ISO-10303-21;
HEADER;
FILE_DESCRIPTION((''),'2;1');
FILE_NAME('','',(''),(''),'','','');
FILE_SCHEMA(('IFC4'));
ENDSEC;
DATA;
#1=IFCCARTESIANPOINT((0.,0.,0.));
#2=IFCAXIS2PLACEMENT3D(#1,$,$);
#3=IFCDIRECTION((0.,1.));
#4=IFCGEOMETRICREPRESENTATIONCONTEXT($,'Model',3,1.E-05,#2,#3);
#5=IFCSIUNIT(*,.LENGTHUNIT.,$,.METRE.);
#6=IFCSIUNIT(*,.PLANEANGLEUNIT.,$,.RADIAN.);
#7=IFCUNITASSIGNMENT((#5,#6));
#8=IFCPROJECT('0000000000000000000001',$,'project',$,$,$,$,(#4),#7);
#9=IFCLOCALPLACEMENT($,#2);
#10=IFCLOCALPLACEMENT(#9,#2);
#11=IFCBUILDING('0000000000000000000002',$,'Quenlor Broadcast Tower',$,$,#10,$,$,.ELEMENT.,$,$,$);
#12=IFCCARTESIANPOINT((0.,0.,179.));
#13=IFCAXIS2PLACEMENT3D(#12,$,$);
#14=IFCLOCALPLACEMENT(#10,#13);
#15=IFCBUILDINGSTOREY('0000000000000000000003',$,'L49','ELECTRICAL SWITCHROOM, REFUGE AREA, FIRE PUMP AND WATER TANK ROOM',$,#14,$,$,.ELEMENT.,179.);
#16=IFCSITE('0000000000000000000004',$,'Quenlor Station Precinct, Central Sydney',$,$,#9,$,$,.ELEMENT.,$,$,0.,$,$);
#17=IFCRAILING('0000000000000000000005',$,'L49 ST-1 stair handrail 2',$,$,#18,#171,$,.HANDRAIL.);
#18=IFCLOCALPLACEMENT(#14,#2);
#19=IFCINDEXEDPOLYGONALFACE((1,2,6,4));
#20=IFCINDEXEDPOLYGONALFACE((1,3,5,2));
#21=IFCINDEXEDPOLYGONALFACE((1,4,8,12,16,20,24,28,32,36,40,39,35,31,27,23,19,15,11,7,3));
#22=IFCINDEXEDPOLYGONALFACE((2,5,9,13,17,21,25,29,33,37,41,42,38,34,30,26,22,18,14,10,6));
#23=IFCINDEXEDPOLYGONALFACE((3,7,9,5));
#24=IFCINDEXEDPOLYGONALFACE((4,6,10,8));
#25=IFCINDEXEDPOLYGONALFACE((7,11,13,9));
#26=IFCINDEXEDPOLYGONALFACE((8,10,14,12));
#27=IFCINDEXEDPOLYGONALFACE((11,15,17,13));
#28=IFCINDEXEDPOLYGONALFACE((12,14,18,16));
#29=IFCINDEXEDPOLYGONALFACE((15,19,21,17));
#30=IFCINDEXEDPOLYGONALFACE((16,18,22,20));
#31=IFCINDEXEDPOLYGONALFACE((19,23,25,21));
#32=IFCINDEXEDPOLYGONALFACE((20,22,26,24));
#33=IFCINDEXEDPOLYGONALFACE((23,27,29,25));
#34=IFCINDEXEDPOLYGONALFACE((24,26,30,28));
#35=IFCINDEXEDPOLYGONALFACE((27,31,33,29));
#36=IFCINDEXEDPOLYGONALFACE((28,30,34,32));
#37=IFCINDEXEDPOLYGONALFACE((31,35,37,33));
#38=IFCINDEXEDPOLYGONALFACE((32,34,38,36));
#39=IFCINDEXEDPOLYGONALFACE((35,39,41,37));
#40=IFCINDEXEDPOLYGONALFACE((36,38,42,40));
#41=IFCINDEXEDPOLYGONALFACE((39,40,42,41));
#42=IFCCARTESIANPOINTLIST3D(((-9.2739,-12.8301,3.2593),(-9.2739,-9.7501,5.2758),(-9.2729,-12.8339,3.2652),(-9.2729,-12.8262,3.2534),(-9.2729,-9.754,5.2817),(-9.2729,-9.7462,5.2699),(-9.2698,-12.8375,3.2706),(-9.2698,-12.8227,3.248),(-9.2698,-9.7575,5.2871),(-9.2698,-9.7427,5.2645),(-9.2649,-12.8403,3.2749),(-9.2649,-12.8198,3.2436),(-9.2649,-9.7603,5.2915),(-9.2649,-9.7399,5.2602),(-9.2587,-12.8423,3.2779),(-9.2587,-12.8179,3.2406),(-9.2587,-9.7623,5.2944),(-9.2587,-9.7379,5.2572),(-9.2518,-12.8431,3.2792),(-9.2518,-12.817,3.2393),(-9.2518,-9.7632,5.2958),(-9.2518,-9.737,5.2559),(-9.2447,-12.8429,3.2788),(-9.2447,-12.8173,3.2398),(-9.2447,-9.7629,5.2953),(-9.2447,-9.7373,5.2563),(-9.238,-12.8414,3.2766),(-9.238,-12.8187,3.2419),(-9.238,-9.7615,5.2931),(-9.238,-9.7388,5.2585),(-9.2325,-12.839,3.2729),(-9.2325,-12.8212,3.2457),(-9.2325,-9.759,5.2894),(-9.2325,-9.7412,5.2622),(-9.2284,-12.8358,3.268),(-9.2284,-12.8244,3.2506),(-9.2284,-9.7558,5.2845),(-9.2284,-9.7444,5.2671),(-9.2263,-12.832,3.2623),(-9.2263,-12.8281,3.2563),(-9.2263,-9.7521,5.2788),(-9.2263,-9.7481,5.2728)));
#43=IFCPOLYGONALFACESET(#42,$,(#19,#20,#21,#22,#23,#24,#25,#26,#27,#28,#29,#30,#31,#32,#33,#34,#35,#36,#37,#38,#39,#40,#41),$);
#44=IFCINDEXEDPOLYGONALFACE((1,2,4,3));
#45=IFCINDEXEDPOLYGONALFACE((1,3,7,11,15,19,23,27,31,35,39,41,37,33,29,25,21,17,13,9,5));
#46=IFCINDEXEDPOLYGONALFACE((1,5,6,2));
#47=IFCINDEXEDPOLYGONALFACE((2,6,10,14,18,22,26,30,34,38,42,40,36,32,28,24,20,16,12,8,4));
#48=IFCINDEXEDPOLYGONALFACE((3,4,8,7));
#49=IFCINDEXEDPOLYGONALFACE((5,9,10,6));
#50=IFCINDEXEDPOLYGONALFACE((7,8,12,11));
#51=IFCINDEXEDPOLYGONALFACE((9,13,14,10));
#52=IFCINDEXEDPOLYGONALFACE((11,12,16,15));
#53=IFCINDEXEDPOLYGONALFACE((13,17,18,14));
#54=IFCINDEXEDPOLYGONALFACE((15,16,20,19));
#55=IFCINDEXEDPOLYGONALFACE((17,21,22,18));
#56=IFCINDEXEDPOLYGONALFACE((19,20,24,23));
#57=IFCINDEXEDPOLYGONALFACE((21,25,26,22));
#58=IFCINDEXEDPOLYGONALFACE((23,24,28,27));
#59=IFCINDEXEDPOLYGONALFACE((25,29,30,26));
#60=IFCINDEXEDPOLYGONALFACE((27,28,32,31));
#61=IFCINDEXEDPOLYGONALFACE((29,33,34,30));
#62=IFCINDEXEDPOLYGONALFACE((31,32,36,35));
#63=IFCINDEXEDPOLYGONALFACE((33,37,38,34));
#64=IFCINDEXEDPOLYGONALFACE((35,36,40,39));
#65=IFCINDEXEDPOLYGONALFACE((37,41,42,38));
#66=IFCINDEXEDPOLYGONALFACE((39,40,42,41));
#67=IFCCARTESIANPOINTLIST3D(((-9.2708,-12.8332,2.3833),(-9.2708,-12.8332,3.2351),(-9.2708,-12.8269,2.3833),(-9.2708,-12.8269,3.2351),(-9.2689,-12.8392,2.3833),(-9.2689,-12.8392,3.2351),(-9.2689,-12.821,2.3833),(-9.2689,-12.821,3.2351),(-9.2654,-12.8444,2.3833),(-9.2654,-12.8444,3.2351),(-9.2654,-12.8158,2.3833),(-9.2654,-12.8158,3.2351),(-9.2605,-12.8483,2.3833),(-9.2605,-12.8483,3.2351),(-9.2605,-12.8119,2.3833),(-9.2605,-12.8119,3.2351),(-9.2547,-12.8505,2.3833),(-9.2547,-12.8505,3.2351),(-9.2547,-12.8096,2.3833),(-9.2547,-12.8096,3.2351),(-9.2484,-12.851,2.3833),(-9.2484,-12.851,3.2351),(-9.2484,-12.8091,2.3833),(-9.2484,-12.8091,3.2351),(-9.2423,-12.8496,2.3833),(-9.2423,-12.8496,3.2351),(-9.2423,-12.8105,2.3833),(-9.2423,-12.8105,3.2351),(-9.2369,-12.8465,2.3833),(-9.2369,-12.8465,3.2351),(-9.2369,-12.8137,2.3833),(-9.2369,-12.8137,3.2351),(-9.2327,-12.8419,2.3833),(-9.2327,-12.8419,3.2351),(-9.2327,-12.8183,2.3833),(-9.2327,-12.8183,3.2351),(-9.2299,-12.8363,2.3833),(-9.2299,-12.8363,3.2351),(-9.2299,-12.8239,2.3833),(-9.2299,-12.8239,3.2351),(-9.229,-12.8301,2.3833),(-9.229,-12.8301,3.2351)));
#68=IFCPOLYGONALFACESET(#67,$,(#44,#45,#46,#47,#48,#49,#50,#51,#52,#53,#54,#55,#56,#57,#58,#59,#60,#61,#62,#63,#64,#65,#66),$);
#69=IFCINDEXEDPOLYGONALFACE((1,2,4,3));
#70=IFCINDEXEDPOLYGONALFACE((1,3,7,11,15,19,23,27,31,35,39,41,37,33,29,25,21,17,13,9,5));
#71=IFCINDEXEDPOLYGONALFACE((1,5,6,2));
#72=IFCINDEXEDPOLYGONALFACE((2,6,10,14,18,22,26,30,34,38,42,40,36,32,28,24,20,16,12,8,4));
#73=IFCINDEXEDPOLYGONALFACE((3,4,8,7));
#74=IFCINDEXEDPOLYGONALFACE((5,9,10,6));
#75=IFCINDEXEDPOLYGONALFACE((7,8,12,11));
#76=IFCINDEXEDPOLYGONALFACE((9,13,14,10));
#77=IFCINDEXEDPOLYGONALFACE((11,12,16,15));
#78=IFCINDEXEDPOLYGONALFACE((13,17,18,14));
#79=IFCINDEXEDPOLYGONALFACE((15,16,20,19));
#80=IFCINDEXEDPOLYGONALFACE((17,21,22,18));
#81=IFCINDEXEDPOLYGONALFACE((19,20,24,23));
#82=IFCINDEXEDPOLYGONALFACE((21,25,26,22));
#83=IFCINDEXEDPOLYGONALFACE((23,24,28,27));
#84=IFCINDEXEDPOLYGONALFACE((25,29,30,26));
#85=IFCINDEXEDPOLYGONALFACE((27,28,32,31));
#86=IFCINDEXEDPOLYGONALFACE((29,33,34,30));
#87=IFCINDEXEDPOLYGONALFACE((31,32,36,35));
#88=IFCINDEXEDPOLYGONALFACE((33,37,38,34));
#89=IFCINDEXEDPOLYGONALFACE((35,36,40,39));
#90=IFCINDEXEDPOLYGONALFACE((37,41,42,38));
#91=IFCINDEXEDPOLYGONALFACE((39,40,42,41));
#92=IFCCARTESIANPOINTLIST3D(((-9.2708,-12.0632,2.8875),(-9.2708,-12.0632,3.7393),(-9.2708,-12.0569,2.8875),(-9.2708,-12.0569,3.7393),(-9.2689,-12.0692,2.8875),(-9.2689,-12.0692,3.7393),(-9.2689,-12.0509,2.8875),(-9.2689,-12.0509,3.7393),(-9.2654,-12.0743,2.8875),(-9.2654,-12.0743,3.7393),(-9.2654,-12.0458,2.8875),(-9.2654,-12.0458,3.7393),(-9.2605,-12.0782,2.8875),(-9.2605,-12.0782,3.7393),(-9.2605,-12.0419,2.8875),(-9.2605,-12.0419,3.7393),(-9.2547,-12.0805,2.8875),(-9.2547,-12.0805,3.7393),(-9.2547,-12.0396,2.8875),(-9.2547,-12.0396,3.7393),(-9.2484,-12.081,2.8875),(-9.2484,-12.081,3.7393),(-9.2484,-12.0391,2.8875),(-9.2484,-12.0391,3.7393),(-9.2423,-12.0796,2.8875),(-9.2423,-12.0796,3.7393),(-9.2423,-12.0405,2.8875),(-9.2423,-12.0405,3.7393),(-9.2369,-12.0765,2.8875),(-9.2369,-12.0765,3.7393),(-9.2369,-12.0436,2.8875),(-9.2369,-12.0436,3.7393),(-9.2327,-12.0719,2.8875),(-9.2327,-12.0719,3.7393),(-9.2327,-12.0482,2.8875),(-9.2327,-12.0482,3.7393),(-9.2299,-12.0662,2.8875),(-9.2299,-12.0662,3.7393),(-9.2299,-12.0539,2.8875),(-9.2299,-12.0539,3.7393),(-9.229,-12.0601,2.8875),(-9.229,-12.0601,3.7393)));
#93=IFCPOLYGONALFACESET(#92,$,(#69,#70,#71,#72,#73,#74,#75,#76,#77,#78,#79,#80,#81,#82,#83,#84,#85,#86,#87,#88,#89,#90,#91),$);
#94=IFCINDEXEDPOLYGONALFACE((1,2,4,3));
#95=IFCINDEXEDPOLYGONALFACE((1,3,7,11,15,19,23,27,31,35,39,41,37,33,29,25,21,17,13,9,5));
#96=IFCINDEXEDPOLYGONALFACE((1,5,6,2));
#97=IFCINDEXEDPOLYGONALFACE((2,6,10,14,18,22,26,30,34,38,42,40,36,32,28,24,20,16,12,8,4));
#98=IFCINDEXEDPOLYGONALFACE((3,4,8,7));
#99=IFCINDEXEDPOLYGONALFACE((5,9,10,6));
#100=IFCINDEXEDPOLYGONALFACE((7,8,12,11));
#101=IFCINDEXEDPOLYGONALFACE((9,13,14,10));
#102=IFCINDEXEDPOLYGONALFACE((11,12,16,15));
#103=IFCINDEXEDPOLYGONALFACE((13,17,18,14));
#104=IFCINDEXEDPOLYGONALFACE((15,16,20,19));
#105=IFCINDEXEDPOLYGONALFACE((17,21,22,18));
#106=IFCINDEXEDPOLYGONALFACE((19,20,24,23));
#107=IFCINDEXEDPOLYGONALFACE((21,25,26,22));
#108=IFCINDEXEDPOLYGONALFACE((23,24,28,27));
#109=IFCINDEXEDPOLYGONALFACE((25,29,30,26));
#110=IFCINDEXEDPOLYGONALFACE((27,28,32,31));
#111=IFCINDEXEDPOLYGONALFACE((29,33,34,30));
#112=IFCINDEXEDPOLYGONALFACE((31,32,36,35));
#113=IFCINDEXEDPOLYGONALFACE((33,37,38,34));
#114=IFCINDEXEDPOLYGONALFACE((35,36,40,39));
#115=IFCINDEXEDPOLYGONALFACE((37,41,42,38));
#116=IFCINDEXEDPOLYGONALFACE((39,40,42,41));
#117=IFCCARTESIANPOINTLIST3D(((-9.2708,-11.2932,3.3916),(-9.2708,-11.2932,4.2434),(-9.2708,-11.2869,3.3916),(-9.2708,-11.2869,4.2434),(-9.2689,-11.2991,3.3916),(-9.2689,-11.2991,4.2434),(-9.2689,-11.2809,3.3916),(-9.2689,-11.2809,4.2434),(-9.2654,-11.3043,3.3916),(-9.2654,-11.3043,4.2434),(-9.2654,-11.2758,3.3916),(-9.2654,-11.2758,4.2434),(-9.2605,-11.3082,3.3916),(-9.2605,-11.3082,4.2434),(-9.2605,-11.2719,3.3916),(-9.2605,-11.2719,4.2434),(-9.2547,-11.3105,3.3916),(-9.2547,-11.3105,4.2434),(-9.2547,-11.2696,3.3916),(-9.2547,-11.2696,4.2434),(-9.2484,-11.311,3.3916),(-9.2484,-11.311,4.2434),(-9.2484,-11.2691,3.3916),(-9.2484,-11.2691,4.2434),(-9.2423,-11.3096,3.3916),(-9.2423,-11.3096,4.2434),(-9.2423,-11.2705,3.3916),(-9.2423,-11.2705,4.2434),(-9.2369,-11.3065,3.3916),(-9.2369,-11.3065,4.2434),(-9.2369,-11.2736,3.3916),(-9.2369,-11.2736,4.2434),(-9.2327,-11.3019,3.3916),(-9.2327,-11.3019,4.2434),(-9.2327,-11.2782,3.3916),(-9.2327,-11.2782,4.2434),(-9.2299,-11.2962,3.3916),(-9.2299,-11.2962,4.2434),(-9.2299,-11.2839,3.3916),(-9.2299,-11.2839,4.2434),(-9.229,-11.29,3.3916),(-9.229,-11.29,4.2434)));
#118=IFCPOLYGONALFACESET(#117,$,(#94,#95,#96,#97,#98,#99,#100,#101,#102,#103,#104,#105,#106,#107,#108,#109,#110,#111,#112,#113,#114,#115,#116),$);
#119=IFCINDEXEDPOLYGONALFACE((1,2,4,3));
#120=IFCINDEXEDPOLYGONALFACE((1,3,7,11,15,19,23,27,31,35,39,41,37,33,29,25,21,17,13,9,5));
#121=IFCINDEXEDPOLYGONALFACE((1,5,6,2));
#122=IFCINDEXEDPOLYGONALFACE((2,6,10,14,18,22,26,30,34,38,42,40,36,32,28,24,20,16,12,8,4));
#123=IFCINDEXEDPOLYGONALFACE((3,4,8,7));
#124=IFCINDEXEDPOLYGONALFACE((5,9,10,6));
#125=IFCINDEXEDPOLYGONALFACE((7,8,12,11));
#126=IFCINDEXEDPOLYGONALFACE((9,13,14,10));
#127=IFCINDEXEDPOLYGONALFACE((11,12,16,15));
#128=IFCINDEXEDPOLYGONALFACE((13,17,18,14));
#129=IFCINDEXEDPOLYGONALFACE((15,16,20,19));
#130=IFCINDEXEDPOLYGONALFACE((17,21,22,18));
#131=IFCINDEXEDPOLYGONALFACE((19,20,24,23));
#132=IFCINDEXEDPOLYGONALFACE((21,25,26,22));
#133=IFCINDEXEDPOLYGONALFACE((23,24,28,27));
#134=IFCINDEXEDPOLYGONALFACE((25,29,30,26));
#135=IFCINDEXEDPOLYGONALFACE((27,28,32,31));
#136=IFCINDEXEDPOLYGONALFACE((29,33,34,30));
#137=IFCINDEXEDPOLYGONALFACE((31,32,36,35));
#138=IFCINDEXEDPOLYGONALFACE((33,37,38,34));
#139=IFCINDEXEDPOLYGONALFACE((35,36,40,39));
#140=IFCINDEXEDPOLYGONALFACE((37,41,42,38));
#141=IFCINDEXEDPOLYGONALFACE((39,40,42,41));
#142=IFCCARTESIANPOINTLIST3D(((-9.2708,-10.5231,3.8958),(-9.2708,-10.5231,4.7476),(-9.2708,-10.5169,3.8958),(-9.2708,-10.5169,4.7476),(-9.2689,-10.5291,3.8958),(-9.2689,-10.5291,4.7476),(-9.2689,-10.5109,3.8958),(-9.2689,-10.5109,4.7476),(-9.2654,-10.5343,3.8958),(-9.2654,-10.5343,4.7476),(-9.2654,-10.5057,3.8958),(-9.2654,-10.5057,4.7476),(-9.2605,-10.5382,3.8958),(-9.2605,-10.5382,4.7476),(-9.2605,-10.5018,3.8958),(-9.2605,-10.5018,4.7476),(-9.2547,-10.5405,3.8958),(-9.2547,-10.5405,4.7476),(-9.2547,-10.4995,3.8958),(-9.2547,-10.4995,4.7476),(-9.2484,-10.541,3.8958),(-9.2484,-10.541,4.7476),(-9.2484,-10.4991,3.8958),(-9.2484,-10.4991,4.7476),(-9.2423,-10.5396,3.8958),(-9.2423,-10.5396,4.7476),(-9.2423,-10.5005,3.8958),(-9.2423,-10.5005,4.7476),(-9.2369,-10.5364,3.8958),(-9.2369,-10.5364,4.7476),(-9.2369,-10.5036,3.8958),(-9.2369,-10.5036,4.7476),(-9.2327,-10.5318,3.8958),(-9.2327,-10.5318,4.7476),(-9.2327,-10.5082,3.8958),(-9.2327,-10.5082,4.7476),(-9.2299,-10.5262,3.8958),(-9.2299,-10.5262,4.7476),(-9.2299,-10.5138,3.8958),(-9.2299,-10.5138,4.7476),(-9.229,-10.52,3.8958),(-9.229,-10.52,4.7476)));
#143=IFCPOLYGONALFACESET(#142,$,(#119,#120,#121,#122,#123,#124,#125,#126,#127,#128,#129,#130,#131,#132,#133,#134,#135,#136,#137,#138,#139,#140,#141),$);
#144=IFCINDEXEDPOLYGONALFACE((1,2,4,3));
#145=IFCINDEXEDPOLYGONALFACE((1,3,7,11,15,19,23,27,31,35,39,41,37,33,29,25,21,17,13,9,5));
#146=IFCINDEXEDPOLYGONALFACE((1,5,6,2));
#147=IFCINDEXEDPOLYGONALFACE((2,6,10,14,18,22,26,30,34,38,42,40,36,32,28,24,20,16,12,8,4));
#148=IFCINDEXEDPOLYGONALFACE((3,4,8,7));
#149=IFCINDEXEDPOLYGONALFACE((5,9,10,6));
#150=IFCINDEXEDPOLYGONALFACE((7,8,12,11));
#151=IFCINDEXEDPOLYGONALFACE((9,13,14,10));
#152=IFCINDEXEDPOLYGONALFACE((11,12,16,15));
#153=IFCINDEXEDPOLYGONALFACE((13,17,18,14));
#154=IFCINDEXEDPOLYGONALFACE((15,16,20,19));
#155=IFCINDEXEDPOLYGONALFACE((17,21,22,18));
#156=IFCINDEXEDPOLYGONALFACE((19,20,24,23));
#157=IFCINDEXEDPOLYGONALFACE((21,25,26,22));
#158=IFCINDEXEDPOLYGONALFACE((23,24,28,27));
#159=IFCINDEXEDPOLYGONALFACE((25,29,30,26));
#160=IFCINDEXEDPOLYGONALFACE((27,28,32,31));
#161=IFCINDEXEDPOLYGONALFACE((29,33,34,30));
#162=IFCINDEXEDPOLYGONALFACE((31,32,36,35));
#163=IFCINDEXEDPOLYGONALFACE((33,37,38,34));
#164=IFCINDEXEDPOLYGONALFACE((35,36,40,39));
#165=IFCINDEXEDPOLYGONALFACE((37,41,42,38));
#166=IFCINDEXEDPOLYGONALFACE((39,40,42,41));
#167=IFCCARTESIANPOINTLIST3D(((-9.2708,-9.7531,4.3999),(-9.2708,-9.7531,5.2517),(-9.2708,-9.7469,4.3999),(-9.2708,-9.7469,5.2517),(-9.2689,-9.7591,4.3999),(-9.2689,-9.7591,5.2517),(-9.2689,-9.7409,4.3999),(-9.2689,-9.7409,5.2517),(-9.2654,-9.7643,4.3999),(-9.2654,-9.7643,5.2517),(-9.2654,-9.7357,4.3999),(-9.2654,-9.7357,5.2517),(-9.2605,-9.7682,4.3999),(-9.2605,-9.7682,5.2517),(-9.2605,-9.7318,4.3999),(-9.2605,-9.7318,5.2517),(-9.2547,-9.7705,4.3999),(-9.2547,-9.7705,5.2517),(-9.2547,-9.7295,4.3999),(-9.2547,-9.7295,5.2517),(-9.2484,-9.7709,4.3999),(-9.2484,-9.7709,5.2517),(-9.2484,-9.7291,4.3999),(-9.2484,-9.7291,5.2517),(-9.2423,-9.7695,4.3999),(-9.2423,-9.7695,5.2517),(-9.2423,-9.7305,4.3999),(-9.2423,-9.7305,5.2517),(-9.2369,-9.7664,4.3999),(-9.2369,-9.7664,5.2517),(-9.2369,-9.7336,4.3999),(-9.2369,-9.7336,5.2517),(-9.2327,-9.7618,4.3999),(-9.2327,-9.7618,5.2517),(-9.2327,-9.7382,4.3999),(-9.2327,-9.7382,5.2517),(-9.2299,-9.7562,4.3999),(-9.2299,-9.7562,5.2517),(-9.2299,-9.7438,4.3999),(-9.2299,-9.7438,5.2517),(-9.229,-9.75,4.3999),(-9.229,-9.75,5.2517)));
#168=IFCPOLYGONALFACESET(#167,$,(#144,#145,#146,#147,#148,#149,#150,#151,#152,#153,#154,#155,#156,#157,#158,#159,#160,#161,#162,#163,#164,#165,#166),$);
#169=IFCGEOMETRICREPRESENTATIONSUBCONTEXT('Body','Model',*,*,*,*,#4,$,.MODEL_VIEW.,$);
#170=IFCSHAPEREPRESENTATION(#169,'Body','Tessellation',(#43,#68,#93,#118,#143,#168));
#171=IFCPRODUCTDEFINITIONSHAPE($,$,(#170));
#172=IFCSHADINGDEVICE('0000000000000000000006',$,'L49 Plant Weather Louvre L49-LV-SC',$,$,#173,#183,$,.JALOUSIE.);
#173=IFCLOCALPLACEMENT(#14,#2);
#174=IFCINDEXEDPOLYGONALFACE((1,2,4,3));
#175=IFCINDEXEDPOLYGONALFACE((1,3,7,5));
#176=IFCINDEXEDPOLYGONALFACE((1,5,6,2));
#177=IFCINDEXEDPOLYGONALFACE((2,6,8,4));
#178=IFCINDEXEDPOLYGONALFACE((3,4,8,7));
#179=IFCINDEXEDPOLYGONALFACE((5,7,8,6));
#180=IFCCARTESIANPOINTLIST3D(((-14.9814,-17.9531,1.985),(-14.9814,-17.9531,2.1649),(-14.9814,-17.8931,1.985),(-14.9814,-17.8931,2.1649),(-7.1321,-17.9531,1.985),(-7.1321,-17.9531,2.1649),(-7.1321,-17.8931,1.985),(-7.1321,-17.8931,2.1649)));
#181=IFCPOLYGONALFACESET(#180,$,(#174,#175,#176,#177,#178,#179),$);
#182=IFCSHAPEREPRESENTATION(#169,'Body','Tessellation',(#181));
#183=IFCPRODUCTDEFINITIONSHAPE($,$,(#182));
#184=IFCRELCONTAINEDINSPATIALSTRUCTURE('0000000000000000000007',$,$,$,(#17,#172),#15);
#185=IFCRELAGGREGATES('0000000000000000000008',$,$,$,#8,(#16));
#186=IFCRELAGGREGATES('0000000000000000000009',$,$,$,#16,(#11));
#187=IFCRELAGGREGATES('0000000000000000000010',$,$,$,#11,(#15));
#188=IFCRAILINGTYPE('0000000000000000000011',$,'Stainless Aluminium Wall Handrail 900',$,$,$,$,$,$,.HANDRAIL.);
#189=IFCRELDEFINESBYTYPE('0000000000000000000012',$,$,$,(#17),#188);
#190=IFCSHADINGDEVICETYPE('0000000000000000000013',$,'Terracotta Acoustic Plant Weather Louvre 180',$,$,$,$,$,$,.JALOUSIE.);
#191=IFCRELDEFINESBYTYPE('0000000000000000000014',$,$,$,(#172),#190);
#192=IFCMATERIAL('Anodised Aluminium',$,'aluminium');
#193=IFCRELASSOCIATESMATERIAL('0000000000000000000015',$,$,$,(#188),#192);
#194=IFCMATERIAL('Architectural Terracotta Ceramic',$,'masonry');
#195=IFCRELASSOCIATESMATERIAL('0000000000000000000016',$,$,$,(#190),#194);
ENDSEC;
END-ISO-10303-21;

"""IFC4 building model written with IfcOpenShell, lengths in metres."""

from ifc_helpers import new_model, si_unit, direction, frame, origin, origin_2d, place, context, subcontext, project, spatial, rectangle, circle, extrude, material, material_profile, profile_set, type_object, element, save


model = new_model("IFC4")

# Units and contexts
model_context = context("Model", 3, precision=1e-05, world=origin(), true_north=direction((0.0, 1.0)))
body_context = subcontext(model_context, "Body", "Model", "MODEL_VIEW")
ifc_project = project(units=[si_unit("LENGTHUNIT", "METRE"), si_unit("PLANEANGLEUNIT", "RADIAN")], contexts=[model_context])

# Site, building, storey
site_placement = place(None, origin())
site = spatial("IfcSite", under=ifc_project, at=site_placement, Name="Quenlor Station Precinct, Central Sydney", CompositionType="ELEMENT", RefElevation=0.0)
building_placement = place(site_placement, origin())
building = spatial("IfcBuilding", under=site, at=building_placement, Name="Quenlor Broadcast Tower", CompositionType="ELEMENT")
storey_placement = place(building_placement, frame((0.0, 0.0, 179.0)))
storey = spatial("IfcBuildingStorey", under=building, at=storey_placement, Name="L49", Description="ELECTRICAL SWITCHROOM, REFUGE AREA, FIRE PUMP AND WATER TANK ROOM", CompositionType="ELEMENT", Elevation=179.0)

# Railing
ifc_material_1 = material(Name="Anodised Aluminium", Category="aluminium")
railing_type_1 = type_object("IfcRailingType", Name="Stainless Aluminium Wall Handrail 900", PredefinedType="HANDRAIL", material=ifc_material_1)
railing_1_placement = place(storey_placement, frame((-9.25, -12.8301, 2.3833)))
element("IfcRailing", 1, at=railing_1_placement, inside=storey, type_object=railing_type_1, Name="L49 ST-1 stair handrail 2", PredefinedType="HANDRAIL", context=body_context, shape_type="SweptSolid", body=[
    extrude(circle(Radius=0.0239, at=origin_2d()), frame((0.0, 0.0, 0.876), z_axis=(0.0, 0.836633, 0.547764), x_axis=(-1.0, 0.0, 0.0)), (0.0, 0.0, 1.0), 3.6814),
    extrude(circle(Radius=0.021, at=origin_2d()), origin(), (0.0, 0.0, 1.0), 0.8518),
    extrude(circle(Radius=0.021, at=origin_2d()), frame((0.0, 0.77, 0.5042)), (0.0, 0.0, 1.0), 0.8518),
    extrude(circle(Radius=0.021, at=origin_2d()), frame((0.0, 1.54, 1.0083)), (0.0, 0.0, 1.0), 0.8518),
    extrude(circle(Radius=0.021, at=origin_2d()), frame((0.0, 2.3101, 1.5125)), (0.0, 0.0, 1.0), 0.8518),
    extrude(circle(Radius=0.021, at=origin_2d()), frame((0.0, 3.0801, 2.0166)), (0.0, 0.0, 1.0), 0.8518),
])

# Shading device
ifc_material_2 = material(Name="Architectural Terracotta Ceramic", Category="masonry")
ifc_material_profile_1 = material_profile(ifc_material_2, rectangle(XDim=0.0601, YDim=0.1799, at=origin_2d()))
ifc_profile_set_1 = profile_set([ifc_material_profile_1], Name="Architectural Terracotta Ceramic LVR60x180")
shading_device_type = type_object("IfcShadingDeviceType", Name="Terracotta Acoustic Plant Weather Louvre 180", PredefinedType="JALOUSIE", material=ifc_profile_set_1)
shading_device_placement = place(storey_placement, frame((-7.1321, -17.9231, 2.075), z_axis=(-1.0, 0.0, 0.0), x_axis=(0.0, -1.0, 0.0)))
element("IfcShadingDevice", 2, at=shading_device_placement, inside=storey, type_object=shading_device_type, Name="L49 Plant Weather Louvre L49-LV-SC", PredefinedType="JALOUSIE", context=body_context, shape_type="SweptSolid", body=[
    extrude(rectangle(XDim=0.0601, YDim=0.1799, at=origin_2d()), origin(), (0.0, 0.0, 1.0), 7.8494),
])

save(model, "model.ifc")
